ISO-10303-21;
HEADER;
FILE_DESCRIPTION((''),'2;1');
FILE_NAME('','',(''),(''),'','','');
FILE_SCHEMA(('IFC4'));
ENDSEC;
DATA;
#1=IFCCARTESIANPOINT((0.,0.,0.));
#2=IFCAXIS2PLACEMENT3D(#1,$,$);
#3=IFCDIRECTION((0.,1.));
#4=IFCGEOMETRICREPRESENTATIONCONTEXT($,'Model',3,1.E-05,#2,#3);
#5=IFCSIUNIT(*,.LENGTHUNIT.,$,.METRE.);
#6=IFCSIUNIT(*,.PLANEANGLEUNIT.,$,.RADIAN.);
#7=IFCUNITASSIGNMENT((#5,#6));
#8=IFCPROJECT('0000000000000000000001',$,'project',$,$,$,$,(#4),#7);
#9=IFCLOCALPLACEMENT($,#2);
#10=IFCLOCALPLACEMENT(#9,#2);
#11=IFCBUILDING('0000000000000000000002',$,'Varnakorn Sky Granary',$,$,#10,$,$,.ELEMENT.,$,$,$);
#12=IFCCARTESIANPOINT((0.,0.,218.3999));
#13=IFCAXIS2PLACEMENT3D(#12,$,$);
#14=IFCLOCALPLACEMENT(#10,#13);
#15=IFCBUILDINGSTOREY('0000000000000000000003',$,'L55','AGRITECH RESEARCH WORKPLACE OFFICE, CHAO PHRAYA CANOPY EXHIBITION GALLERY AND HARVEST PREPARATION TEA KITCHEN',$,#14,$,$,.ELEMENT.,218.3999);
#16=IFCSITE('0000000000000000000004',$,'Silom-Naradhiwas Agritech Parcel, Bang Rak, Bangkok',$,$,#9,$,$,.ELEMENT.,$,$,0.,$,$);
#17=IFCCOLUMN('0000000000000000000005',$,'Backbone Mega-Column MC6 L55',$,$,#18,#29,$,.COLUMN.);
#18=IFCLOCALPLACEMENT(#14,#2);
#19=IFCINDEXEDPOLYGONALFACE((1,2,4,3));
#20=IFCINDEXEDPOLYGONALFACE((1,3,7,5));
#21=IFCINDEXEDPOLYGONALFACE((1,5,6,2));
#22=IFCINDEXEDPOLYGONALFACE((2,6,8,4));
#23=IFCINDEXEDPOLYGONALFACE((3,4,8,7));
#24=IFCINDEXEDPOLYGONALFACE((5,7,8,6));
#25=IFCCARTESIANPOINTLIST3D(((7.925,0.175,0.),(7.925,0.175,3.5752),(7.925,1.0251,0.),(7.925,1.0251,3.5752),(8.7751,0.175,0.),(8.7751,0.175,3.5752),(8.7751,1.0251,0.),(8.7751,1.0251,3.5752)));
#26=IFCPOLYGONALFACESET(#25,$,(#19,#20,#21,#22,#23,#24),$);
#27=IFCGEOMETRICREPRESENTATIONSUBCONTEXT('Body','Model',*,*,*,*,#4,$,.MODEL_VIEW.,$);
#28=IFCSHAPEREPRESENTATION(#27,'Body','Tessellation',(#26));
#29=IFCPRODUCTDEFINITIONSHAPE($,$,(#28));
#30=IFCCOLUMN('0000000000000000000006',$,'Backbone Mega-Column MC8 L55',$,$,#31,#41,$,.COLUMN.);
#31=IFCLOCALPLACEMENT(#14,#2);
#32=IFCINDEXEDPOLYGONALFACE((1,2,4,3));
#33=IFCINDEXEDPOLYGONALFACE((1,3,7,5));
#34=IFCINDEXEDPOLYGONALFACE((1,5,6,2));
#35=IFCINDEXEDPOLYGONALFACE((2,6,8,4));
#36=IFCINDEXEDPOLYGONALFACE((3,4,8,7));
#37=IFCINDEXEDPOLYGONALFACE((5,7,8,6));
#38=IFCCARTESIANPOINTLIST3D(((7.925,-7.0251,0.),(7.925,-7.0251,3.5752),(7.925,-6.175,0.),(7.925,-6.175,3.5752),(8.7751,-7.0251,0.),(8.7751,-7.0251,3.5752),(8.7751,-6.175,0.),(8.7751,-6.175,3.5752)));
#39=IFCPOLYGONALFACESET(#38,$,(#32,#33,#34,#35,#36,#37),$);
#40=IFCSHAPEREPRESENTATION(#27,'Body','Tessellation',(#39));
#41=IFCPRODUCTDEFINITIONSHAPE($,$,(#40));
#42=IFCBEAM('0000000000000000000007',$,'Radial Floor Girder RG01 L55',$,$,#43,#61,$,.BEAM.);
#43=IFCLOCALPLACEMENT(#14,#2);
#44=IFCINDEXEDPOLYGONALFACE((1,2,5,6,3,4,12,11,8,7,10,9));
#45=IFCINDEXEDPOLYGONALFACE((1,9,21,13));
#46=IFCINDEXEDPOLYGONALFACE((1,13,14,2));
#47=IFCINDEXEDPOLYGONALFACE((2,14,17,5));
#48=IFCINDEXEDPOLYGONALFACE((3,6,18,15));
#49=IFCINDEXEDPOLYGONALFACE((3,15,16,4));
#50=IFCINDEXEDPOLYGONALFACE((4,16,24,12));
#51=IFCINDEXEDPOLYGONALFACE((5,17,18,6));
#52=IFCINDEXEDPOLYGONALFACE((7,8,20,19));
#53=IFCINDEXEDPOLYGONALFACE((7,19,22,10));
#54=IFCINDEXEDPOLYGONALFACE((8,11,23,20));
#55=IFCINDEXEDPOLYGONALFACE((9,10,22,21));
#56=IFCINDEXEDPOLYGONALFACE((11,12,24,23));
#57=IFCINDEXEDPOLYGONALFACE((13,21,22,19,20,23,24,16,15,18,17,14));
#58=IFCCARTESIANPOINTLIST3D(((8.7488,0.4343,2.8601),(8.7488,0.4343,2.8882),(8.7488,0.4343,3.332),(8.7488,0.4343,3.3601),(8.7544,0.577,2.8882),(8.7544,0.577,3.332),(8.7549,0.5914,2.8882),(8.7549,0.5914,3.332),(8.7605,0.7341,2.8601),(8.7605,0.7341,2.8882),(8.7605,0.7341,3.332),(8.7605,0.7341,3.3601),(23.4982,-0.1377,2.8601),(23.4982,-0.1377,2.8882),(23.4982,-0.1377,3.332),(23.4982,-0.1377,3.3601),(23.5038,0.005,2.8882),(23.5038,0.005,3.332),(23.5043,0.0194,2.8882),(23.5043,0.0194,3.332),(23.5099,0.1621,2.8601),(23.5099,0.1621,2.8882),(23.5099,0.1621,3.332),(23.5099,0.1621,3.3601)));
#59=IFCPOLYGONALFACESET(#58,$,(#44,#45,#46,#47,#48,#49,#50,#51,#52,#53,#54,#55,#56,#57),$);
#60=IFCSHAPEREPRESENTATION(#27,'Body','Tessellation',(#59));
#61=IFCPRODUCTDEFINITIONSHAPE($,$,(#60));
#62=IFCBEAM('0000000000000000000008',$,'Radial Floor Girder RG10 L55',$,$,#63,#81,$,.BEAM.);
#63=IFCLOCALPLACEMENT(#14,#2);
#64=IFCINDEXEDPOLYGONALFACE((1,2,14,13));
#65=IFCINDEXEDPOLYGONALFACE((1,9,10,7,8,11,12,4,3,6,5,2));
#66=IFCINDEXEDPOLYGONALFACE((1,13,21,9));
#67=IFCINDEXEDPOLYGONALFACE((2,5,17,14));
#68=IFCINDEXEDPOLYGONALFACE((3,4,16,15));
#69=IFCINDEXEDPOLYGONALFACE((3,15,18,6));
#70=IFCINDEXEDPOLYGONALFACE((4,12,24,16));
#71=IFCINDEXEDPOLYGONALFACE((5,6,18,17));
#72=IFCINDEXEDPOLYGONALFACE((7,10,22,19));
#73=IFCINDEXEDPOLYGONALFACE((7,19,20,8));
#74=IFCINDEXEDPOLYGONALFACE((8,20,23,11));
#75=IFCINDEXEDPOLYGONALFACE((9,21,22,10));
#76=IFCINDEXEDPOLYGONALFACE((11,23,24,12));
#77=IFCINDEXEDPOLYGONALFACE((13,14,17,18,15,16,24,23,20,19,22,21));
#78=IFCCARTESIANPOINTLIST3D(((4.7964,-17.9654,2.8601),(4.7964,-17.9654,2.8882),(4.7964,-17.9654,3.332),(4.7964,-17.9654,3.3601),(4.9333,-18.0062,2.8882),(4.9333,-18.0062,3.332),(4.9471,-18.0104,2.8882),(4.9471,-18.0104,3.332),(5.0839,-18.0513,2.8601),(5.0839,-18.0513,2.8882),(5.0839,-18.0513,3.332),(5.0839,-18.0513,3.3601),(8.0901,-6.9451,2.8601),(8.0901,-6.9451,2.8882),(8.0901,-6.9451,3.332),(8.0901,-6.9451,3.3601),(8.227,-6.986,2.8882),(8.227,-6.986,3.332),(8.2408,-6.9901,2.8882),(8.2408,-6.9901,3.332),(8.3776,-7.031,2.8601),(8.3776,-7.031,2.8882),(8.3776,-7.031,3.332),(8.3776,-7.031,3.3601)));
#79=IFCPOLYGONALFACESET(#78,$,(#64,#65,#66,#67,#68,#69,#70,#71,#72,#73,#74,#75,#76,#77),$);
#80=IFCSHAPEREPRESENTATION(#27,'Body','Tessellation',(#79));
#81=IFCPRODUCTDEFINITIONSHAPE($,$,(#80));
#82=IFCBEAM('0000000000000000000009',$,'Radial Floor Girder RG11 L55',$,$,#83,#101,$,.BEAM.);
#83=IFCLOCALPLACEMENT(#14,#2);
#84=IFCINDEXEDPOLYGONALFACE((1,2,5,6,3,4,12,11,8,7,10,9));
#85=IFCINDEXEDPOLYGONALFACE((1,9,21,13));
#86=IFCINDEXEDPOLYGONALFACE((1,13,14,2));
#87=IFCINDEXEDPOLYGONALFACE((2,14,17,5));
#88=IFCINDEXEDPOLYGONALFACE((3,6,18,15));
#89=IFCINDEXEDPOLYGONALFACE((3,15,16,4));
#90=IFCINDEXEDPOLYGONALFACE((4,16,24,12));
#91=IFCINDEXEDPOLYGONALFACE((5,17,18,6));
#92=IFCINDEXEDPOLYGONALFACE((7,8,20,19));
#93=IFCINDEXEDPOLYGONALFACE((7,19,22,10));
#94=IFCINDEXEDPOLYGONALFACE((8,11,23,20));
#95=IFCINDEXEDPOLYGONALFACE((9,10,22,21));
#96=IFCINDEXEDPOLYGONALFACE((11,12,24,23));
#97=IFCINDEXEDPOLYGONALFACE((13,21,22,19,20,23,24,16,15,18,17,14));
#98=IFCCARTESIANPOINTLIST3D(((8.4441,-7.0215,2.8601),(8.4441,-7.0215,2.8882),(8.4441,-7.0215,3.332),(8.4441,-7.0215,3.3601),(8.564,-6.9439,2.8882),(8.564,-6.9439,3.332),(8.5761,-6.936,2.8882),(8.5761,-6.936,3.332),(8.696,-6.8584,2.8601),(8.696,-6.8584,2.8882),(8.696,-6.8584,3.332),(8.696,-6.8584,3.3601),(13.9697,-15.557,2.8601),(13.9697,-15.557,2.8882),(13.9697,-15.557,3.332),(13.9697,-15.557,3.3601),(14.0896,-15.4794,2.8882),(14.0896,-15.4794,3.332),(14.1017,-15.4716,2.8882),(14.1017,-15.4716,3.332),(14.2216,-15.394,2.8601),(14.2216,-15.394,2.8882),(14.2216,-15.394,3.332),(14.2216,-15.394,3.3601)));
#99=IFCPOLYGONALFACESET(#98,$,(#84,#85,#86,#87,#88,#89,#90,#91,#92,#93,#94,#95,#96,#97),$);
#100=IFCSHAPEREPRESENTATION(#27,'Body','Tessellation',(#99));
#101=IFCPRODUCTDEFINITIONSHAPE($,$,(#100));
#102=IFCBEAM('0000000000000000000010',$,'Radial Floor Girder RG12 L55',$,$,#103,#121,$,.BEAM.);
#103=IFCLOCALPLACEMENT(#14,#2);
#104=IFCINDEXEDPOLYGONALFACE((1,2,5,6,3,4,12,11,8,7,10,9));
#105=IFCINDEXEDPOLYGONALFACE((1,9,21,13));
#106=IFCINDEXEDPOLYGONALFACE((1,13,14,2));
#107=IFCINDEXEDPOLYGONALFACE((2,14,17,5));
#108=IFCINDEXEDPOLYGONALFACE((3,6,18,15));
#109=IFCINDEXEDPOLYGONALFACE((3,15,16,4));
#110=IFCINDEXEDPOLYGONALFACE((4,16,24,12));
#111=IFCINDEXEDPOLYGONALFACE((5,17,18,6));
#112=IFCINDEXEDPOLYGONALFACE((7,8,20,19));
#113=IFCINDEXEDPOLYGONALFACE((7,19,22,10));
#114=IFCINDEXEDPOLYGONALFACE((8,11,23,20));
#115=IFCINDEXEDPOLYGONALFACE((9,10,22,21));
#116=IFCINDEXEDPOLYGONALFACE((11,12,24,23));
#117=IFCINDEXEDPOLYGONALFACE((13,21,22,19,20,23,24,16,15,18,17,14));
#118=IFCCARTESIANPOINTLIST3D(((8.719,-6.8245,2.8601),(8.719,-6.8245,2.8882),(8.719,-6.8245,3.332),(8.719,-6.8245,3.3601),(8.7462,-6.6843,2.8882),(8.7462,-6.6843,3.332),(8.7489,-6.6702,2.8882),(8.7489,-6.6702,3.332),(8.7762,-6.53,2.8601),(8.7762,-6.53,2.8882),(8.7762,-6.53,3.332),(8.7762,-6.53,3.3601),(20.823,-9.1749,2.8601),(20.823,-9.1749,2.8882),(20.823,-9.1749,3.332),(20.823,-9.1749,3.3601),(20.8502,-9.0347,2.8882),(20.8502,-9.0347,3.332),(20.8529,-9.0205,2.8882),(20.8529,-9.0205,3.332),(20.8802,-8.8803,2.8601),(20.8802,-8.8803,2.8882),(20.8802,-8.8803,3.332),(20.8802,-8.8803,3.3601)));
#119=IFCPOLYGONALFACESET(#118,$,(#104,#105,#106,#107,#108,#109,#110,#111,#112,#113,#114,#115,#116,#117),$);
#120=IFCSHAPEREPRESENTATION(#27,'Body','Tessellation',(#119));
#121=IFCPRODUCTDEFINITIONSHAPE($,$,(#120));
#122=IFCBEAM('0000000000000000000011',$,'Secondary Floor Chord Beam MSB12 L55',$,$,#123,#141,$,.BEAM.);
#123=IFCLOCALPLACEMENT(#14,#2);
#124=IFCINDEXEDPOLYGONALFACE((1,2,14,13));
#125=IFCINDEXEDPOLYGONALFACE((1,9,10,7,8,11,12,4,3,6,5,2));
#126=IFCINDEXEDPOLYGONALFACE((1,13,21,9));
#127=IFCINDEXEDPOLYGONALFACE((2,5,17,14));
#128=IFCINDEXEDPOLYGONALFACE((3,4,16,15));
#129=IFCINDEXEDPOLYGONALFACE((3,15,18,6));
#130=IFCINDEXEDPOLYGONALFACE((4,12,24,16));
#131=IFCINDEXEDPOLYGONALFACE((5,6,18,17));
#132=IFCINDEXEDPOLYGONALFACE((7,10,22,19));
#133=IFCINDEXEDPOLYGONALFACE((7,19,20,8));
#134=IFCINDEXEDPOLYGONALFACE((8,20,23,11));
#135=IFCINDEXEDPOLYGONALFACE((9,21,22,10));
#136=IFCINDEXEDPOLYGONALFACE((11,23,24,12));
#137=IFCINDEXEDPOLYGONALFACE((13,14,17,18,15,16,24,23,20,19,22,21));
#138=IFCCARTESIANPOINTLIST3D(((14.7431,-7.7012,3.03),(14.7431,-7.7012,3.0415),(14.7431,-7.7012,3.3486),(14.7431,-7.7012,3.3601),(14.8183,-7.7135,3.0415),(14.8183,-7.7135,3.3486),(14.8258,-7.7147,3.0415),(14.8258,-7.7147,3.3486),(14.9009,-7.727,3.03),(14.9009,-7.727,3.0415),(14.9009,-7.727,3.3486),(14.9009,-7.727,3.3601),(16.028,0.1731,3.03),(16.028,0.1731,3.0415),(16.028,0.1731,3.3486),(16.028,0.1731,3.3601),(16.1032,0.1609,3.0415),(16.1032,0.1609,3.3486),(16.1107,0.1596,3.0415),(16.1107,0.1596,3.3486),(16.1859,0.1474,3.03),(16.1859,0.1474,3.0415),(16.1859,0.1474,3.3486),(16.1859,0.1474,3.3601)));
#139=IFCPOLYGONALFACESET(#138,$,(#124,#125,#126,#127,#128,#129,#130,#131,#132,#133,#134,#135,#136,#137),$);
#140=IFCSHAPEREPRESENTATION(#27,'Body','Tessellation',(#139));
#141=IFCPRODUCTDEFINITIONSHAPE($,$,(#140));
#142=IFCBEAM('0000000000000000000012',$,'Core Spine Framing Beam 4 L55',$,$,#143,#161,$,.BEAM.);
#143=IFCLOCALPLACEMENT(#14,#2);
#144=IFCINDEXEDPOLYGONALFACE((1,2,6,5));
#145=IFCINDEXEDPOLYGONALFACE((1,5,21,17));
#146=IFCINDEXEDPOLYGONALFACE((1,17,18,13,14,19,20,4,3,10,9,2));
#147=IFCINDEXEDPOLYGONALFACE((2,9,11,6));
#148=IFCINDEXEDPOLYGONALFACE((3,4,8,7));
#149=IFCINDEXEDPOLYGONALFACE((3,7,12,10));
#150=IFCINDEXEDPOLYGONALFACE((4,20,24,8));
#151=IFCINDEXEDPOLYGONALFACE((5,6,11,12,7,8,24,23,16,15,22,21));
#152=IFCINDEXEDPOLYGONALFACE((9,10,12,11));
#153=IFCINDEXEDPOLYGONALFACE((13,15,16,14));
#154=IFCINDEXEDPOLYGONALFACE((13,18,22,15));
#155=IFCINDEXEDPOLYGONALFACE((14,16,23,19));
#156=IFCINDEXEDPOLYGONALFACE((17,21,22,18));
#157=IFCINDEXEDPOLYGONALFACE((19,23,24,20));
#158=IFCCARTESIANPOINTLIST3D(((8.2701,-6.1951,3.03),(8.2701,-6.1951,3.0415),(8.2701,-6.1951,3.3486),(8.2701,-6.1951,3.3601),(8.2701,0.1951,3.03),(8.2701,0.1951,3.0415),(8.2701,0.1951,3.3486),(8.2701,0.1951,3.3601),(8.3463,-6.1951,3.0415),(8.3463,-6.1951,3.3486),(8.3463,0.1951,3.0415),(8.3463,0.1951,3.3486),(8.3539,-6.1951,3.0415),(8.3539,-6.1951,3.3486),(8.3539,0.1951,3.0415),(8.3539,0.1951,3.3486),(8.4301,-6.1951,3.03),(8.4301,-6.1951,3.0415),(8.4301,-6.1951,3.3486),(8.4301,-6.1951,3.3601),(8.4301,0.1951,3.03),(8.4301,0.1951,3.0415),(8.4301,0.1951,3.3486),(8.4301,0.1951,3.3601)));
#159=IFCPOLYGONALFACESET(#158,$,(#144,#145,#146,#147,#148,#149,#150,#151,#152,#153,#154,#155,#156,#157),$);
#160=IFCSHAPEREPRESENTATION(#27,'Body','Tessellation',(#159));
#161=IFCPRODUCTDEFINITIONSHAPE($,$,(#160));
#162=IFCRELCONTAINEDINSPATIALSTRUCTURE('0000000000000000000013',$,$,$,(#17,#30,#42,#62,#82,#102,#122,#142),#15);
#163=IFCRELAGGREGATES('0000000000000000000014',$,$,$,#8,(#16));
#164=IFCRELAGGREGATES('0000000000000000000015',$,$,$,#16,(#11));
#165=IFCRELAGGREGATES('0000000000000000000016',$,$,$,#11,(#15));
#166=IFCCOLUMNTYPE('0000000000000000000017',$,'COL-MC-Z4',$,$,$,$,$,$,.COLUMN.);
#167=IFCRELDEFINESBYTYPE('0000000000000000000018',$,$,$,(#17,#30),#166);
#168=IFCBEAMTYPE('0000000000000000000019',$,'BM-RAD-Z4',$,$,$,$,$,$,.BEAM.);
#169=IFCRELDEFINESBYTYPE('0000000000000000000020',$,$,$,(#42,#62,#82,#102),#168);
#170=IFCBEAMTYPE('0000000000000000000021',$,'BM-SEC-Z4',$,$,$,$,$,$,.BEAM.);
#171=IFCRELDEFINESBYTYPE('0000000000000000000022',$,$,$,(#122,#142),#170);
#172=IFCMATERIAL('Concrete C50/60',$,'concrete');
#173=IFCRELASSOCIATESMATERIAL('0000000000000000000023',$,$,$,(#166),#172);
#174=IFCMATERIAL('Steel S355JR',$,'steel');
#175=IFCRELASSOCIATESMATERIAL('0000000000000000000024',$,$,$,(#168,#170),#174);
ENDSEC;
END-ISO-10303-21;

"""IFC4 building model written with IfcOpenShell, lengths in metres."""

from ifc_helpers import new_model, si_unit, direction, frame, origin, origin_2d, place, context, subcontext, project, spatial, rectangle, i_section, extrude, material, material_profile, profile_set, type_object, element, save


model = new_model("IFC4")

# Units and contexts
model_context = context("Model", 3, precision=1e-05, world=origin(), true_north=direction((0.0, 1.0)))
body_context = subcontext(model_context, "Body", "Model", "MODEL_VIEW")
ifc_project = project(units=[si_unit("LENGTHUNIT", "METRE"), si_unit("PLANEANGLEUNIT", "RADIAN")], contexts=[model_context])

# Site, building, storey
site_placement = place(None, origin())
site = spatial("IfcSite", under=ifc_project, at=site_placement, Name="Silom-Naradhiwas Agritech Parcel, Bang Rak, Bangkok", CompositionType="ELEMENT", RefElevation=0.0)
building_placement = place(site_placement, origin())
building = spatial("IfcBuilding", under=site, at=building_placement, Name="Varnakorn Sky Granary", CompositionType="ELEMENT")
storey_placement = place(building_placement, frame((0.0, 0.0, 218.3999)))
storey = spatial("IfcBuildingStorey", under=building, at=storey_placement, Name="L55", Description="AGRITECH RESEARCH WORKPLACE OFFICE, CHAO PHRAYA CANOPY EXHIBITION GALLERY AND HARVEST PREPARATION TEA KITCHEN", CompositionType="ELEMENT", Elevation=218.3999)

# Columns
ifc_material_1 = material(Name="Concrete C50/60", Category="concrete")
ifc_material_profile_1 = material_profile(ifc_material_1, rectangle(XDim=0.8501, YDim=0.8501, at=origin_2d()), Name="RC 850x850")
ifc_profile_set_1 = profile_set([ifc_material_profile_1], Name="Concrete C50/60")
column_type = type_object("IfcColumnType", Name="COL-MC-Z4", PredefinedType="COLUMN", material=ifc_profile_set_1)
for number, where, z_axis, x_axis, name in (
    (1, (8.3501, 0.6001, 0.0), (0.0, 0.0, 1.0), (1.0, 0.0, 0.0), "Backbone Mega-Column MC6 L55"),
    (2, (8.3501, -6.6001, 0.0), (0.0, 0.0, 1.0), (1.0, 0.0, 0.0), "Backbone Mega-Column MC8 L55"),
):
    element("IfcColumn", number, at=place(storey_placement, frame(where, z_axis=z_axis, x_axis=x_axis)), inside=storey, type_object=column_type, Name=name, PredefinedType="COLUMN", context=body_context, shape_type="SweptSolid", body=[
        extrude(rectangle(XDim=0.8501, YDim=0.8501, at=origin_2d()), origin(), (0.0, 0.0, 1.0), 3.5752),
    ])

# Beams
ifc_material_2 = material(Name="Steel S355JR", Category="steel")
ifc_material_profile_2 = material_profile(ifc_material_2, i_section(OverallWidth=0.3, OverallDepth=0.5, WebThickness=0.0144, FlangeThickness=0.0281, at=origin_2d()), Name="HE 500 B")
ifc_profile_set_2 = profile_set([ifc_material_profile_2], Name="Steel S355JR")
beam_type_1 = type_object("IfcBeamType", Name="BM-RAD-Z4", PredefinedType="BEAM", material=ifc_profile_set_2)
beam_1_placement = place(storey_placement, frame((8.7546, 0.5842, 3.1101), z_axis=(0.999249, -0.038753, 0.0), x_axis=(0.038753, 0.999249, 0.0)))
element("IfcBeam", 3, at=beam_1_placement, inside=storey, type_object=beam_type_1, Name="Radial Floor Girder RG01 L55", PredefinedType="BEAM", context=body_context, shape_type="SweptSolid", body=[
    extrude(i_section(OverallWidth=0.3, OverallDepth=0.5, WebThickness=0.0144, FlangeThickness=0.0281, at=origin_2d()), origin(), (0.0, 0.0, 1.0), 14.7605),
])
beam_2_placement = place(storey_placement, frame((8.2339, -6.988, 3.1101), z_axis=(-0.28636, -0.958122, 0.0), x_axis=(0.958122, -0.28636, 0.0)))
element("IfcBeam", 4, at=beam_2_placement, inside=storey, type_object=beam_type_1, Name="Radial Floor Girder RG10 L55", PredefinedType="BEAM", context=body_context, shape_type="SweptSolid", body=[
    extrude(i_section(OverallWidth=0.3, OverallDepth=0.5, WebThickness=0.0144, FlangeThickness=0.0281, at=origin_2d()), origin(), (0.0, 0.0, 1.0), 11.502),
])
beam_3_placement = place(storey_placement, frame((8.5701, -6.9399, 3.1101), z_axis=(0.543429, -0.839455, 0.0), x_axis=(0.839455, 0.543429, 0.0)))
element("IfcBeam", 5, at=beam_3_placement, inside=storey, type_object=beam_type_1, Name="Radial Floor Girder RG11 L55", PredefinedType="BEAM", context=body_context, shape_type="SweptSolid", body=[
    extrude(i_section(OverallWidth=0.3, OverallDepth=0.5, WebThickness=0.0144, FlangeThickness=0.0281, at=origin_2d()), origin(), (0.0, 0.0, 1.0), 10.168),
])
beam_4_placement = place(storey_placement, frame((8.7476, -6.6772, 3.1101), z_axis=(0.981664, -0.190618, 0.0), x_axis=(0.190618, 0.981664, 0.0)))
element("IfcBeam", 6, at=beam_4_placement, inside=storey, type_object=beam_type_1, Name="Radial Floor Girder RG12 L55", PredefinedType="BEAM", context=body_context, shape_type="SweptSolid", body=[
    extrude(i_section(OverallWidth=0.3, OverallDepth=0.5, WebThickness=0.0144, FlangeThickness=0.0281, at=origin_2d()), origin(), (0.0, 0.0, 1.0), 12.3301),
])
ifc_material_profile_3 = material_profile(ifc_material_2, i_section(OverallWidth=0.1599, OverallDepth=0.3301, WebThickness=0.0076, FlangeThickness=0.0115, at=origin_2d()), Name="IPE 330")
ifc_profile_set_3 = profile_set([ifc_material_profile_3], Name="Steel S355JR")
beam_type_2 = type_object("IfcBeamType", Name="BM-SEC-Z4", PredefinedType="BEAM", material=ifc_profile_set_3)
beam_5_placement = place(storey_placement, frame((14.822, -7.7141, 3.1951), z_axis=(0.161049, 0.986946, 0.0), x_axis=(-0.986946, 0.161049, 0.0)))
element("IfcBeam", 7, at=beam_5_placement, inside=storey, type_object=beam_type_2, Name="Secondary Floor Chord Beam MSB12 L55", PredefinedType="BEAM", context=body_context, shape_type="SweptSolid", body=[
    extrude(i_section(OverallWidth=0.1599, OverallDepth=0.3301, WebThickness=0.0076, FlangeThickness=0.0115, at=origin_2d()), origin(), (0.0, 0.0, 1.0), 7.9785),
])
beam_6_placement = place(storey_placement, frame((8.3501, 0.1951, 3.1951), z_axis=(0.0, -1.0, 0.0), x_axis=(1.0, 0.0, 0.0)))
element("IfcBeam", 8, at=beam_6_placement, inside=storey, type_object=beam_type_2, Name="Core Spine Framing Beam 4 L55", PredefinedType="BEAM", context=body_context, shape_type="SweptSolid", body=[
    extrude(i_section(OverallWidth=0.1599, OverallDepth=0.3301, WebThickness=0.0076, FlangeThickness=0.0115, at=origin_2d()), origin(), (0.0, 0.0, 1.0), 6.3901),
])

save(model, "model.ifc")
